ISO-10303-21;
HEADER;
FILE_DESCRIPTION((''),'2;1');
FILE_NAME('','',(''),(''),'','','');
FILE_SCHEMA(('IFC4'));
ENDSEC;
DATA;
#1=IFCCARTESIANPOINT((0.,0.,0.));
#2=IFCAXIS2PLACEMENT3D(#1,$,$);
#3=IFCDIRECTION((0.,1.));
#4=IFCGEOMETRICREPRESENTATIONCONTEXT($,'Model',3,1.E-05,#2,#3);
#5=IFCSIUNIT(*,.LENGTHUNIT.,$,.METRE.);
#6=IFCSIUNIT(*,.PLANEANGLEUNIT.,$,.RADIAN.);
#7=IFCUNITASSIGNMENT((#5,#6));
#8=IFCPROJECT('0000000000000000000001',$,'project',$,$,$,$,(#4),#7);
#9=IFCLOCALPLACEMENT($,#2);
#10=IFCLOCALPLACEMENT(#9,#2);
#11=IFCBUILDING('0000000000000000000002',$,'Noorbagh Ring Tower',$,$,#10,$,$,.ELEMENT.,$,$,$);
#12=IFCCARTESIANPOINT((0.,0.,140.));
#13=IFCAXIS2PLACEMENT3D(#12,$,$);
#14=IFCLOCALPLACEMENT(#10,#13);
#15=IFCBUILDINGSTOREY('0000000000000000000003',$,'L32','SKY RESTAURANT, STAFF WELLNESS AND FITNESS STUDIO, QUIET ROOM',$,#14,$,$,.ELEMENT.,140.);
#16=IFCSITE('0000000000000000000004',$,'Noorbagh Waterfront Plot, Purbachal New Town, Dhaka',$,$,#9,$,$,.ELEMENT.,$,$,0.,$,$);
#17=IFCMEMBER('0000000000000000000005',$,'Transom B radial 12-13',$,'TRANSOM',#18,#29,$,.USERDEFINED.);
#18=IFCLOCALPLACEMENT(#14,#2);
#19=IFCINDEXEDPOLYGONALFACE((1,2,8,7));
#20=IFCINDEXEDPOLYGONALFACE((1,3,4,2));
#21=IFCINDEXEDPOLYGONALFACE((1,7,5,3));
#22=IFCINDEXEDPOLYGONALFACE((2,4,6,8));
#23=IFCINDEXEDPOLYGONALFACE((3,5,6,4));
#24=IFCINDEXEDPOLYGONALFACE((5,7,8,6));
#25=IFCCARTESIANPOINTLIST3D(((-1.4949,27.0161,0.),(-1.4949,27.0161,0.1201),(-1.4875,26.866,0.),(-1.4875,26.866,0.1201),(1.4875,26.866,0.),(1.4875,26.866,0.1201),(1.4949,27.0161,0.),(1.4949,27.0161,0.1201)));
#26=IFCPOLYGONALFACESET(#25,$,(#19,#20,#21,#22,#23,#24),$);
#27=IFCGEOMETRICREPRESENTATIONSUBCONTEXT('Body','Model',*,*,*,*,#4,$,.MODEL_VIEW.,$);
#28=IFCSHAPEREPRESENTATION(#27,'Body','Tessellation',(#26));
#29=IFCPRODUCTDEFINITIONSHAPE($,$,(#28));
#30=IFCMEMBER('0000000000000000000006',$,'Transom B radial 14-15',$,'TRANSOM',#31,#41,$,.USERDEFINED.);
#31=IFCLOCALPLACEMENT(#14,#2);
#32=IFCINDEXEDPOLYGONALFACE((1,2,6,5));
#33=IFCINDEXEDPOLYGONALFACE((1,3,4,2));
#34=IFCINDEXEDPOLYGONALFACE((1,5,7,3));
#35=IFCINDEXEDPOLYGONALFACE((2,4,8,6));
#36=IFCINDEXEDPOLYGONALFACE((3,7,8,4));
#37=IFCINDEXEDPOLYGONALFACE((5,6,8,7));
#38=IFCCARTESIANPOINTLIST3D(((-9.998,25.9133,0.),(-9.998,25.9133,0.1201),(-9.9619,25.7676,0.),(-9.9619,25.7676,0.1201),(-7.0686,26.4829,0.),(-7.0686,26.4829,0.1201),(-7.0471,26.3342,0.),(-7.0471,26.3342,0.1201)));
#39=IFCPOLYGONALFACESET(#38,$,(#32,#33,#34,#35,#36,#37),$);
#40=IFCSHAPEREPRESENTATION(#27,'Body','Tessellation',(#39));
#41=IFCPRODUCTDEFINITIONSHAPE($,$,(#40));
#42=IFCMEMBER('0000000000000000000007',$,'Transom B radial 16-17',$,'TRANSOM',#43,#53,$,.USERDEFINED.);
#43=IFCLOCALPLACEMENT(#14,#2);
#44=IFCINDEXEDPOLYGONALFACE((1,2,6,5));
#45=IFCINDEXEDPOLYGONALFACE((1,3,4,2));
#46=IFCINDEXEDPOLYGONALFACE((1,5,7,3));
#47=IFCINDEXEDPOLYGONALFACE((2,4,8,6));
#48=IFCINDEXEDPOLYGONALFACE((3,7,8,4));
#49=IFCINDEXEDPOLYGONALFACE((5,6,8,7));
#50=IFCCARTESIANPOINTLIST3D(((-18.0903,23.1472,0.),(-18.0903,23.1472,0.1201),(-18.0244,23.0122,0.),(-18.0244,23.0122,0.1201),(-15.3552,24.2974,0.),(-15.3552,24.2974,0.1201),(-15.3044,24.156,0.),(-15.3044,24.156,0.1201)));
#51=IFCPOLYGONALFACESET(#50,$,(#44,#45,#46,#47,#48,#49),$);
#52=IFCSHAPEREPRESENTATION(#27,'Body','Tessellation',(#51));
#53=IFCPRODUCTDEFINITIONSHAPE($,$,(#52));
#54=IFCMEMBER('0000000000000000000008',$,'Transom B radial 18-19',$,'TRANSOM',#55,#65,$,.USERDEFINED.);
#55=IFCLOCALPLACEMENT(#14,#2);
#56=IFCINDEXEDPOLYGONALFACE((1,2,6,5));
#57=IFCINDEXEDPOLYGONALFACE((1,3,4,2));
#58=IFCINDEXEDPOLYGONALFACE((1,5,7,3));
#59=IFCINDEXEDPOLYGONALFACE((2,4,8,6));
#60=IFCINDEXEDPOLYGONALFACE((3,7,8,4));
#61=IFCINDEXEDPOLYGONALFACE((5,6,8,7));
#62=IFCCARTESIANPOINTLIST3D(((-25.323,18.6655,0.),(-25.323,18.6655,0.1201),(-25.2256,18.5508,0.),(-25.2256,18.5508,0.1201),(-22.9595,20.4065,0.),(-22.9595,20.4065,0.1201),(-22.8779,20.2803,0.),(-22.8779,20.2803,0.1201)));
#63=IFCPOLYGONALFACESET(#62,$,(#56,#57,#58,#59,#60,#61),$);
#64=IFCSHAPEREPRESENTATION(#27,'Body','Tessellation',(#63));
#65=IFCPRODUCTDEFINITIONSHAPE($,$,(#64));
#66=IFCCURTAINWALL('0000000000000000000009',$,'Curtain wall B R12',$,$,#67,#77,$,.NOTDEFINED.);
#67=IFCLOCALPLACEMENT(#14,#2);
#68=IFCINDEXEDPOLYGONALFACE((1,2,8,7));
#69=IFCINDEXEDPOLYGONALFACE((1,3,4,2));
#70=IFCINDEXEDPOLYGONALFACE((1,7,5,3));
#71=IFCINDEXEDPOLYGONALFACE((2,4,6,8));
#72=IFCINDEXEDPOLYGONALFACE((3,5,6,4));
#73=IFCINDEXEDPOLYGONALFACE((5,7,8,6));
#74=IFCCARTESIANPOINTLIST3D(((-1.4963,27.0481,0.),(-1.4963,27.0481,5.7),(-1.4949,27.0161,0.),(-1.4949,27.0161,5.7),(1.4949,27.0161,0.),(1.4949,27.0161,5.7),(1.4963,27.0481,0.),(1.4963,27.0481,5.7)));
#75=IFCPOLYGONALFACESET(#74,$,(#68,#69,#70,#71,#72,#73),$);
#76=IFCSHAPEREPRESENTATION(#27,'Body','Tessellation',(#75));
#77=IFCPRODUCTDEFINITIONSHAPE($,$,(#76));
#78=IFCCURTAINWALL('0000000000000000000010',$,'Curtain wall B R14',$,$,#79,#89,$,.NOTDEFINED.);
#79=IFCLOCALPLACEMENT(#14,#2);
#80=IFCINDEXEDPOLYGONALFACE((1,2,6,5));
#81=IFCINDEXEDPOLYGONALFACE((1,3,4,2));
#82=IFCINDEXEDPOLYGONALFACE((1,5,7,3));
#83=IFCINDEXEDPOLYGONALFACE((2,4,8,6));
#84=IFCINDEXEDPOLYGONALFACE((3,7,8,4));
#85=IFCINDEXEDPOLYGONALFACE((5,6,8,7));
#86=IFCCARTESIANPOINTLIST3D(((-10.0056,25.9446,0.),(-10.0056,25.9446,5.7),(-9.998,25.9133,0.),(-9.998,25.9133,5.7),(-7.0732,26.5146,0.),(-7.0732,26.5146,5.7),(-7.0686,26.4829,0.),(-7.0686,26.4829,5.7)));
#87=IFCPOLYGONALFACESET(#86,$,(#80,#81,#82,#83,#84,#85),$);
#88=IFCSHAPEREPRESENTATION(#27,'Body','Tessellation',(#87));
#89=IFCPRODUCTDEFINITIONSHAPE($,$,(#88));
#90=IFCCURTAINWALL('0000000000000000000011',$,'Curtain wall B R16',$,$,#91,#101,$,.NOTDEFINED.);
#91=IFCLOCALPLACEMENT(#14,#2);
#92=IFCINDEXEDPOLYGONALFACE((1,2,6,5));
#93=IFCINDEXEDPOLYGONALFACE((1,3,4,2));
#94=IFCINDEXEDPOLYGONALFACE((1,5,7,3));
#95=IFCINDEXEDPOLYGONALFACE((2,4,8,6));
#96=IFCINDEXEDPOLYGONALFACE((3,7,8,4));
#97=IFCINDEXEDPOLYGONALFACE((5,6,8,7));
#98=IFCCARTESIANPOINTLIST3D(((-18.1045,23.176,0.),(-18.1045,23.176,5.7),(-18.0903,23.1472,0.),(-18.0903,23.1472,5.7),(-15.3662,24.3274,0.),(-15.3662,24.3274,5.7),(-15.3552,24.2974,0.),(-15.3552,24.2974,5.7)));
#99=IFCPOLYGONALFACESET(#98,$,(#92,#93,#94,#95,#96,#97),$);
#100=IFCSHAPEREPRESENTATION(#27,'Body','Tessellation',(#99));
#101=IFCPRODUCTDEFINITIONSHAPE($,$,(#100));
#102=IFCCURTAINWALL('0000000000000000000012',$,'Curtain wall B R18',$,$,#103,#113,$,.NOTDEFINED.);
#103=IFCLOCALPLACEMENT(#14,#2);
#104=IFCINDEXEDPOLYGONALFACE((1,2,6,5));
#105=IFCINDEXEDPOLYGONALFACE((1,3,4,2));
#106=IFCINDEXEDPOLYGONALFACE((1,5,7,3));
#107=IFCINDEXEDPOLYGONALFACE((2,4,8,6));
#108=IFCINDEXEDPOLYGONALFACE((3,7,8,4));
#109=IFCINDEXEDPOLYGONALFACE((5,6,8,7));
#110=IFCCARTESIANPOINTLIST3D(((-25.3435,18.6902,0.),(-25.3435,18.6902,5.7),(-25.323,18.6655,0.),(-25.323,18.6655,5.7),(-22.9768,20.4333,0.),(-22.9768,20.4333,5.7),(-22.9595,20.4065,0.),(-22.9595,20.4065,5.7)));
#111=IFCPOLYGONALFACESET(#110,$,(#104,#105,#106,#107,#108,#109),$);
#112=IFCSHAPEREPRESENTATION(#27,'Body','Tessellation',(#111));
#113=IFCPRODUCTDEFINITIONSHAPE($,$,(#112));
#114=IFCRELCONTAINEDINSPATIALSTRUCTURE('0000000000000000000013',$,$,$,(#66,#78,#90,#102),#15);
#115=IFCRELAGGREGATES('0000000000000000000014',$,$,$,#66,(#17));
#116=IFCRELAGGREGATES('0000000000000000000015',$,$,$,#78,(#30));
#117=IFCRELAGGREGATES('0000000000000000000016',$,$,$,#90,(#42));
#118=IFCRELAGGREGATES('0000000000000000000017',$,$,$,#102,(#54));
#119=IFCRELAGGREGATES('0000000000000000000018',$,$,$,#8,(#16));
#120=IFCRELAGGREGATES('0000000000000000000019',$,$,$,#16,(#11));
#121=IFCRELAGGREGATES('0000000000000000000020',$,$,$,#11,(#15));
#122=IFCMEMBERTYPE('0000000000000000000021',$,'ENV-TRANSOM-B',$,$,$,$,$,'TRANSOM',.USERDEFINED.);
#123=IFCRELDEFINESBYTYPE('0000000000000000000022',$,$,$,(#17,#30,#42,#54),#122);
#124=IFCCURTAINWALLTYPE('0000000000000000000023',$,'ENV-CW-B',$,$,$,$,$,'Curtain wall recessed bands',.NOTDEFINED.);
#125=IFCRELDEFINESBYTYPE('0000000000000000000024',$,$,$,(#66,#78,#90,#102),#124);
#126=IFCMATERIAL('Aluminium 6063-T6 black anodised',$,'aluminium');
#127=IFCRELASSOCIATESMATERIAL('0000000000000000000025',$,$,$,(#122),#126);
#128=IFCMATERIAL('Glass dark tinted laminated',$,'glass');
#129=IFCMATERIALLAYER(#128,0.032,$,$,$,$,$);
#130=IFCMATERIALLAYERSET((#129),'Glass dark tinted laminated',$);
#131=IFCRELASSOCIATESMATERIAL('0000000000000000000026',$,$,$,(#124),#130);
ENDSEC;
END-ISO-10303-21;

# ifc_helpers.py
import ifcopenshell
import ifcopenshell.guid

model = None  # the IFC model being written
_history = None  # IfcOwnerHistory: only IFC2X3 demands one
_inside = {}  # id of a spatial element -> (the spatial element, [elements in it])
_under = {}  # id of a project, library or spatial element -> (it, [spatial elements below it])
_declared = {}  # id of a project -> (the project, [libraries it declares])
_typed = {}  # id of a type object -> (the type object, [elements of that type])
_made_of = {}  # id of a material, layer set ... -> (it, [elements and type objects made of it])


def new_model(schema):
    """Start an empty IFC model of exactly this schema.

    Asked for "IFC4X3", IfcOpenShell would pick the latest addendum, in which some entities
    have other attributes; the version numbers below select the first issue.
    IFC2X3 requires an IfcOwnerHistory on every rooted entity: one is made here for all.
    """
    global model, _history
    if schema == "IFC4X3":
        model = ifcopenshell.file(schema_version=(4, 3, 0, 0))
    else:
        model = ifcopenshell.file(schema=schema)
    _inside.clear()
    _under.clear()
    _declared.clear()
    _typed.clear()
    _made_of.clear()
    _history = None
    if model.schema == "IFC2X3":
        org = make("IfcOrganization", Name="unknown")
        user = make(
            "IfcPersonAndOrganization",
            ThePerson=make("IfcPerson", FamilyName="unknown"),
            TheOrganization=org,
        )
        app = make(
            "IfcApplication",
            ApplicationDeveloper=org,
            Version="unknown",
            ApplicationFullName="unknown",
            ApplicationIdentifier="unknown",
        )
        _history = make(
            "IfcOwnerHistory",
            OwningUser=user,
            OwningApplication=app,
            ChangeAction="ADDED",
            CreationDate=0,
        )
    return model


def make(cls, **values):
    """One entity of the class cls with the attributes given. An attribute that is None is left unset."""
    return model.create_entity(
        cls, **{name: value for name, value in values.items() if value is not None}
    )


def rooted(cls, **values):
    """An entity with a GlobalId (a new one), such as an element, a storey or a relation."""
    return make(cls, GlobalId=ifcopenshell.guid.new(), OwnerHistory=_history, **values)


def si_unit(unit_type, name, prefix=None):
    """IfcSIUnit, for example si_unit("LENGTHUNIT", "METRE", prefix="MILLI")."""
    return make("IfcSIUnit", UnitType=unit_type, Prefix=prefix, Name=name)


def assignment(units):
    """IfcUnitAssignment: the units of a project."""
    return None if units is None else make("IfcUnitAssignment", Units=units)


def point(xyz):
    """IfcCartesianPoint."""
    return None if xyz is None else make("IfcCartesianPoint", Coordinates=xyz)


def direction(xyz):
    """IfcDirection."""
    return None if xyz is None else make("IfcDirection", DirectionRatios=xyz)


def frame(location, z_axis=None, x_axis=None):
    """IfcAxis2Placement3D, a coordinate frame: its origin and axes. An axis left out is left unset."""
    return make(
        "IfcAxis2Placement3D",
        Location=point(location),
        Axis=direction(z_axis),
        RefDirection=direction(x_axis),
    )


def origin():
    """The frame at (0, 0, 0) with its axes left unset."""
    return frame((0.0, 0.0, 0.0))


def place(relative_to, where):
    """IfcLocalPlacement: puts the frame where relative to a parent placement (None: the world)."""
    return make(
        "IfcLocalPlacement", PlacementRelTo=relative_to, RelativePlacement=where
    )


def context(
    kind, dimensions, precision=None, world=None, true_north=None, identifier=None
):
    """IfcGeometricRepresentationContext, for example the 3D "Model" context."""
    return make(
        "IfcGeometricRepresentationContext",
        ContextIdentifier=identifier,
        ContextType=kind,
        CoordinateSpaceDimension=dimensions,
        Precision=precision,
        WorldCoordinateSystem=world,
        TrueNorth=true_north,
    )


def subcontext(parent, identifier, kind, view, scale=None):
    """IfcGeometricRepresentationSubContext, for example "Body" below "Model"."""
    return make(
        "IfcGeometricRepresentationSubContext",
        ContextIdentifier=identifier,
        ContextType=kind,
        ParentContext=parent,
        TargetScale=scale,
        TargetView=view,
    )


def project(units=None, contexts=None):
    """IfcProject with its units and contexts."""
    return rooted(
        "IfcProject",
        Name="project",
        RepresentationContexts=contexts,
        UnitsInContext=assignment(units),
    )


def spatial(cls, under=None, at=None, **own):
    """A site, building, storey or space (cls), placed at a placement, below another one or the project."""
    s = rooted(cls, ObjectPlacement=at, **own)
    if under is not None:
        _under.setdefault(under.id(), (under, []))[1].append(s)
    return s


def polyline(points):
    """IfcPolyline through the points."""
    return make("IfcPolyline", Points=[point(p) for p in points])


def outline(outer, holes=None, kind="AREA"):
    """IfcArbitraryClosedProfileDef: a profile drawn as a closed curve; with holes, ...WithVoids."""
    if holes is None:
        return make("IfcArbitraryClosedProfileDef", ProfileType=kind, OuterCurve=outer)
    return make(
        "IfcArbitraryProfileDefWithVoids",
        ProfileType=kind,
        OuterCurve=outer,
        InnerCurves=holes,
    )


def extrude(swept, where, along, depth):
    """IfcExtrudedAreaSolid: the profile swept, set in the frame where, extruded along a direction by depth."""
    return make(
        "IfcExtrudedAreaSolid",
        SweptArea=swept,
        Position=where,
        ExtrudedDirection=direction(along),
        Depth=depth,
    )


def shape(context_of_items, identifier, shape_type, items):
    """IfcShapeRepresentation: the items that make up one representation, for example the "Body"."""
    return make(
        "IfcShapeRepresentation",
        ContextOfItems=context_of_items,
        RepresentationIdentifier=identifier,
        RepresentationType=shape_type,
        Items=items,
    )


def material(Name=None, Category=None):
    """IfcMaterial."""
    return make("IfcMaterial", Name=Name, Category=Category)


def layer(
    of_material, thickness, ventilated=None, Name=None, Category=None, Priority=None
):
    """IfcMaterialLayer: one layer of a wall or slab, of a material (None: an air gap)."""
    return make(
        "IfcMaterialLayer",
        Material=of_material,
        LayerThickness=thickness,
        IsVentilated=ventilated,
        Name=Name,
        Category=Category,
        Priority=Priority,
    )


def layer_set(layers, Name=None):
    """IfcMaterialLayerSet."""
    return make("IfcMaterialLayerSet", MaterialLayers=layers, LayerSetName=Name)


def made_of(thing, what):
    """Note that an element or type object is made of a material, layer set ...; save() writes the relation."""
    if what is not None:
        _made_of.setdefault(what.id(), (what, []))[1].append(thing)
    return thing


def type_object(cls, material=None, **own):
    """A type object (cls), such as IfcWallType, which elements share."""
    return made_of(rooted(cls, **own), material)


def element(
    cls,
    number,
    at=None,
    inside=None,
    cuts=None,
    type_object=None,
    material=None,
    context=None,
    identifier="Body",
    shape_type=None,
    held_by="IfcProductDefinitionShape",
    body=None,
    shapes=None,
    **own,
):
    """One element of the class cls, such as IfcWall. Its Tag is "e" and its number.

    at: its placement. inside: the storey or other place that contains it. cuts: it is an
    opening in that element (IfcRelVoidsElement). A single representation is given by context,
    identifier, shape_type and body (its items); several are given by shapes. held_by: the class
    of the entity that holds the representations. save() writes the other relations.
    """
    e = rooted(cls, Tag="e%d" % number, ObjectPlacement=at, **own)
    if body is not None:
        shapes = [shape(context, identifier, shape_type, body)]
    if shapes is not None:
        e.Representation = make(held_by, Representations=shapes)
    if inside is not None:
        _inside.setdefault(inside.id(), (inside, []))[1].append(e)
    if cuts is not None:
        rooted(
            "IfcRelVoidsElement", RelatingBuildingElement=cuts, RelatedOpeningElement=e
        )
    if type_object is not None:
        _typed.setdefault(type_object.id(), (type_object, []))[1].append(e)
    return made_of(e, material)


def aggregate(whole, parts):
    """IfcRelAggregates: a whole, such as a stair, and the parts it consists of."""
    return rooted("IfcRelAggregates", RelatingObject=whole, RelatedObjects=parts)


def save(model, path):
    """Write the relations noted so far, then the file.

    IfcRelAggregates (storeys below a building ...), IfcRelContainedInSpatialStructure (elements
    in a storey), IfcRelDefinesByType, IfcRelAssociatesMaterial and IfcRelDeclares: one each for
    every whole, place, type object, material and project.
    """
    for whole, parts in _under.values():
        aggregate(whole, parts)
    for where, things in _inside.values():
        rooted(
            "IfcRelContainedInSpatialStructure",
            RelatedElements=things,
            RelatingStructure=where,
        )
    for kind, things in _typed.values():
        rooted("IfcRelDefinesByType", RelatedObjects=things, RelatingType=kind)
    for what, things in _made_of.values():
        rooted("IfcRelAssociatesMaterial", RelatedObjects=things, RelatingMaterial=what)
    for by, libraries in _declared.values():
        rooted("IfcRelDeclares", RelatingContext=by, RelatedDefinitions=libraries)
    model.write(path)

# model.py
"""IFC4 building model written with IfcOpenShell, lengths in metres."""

from ifc_helpers import new_model, si_unit, direction, frame, origin, place, context, subcontext, project, spatial, polyline, outline, extrude, material, layer, layer_set, type_object, element, aggregate, save


model = new_model("IFC4")

# Units and contexts
model_context = context("Model", 3, precision=1e-05, world=origin(), true_north=direction((0.0, 1.0)))
body_context = subcontext(model_context, "Body", "Model", "MODEL_VIEW")
ifc_project = project(units=[si_unit("LENGTHUNIT", "METRE"), si_unit("PLANEANGLEUNIT", "RADIAN")], contexts=[model_context])

# Members
site_placement = place(None, origin())
building_placement = place(site_placement, origin())
storey_placement = place(building_placement, frame((0.0, 0.0, 140.0)))
ifc_material_1 = material(Name="Aluminium 6063-T6 black anodised", Category="aluminium")
member_type_1 = type_object("IfcMemberType", Name="ENV-TRANSOM-B", ElementType="TRANSOM", PredefinedType="USERDEFINED", material=ifc_material_1)
member_1_placement = place(storey_placement, origin())
member_1 = element("IfcMember", 1, at=member_1_placement, type_object=member_type_1, Name="Transom B radial 12-13", ObjectType="TRANSOM", PredefinedType="USERDEFINED", context=body_context, shape_type="SweptSolid", body=[
    extrude(outline(polyline([(1.4949, 27.0161), (-1.4949, 27.0161), (-1.4875, 26.866), (1.4875, 26.866), (1.4949, 27.0161)])), origin(), (0.0, 0.0, 1.0), 0.1201),
])
member_2_placement = place(storey_placement, origin())
member_2 = element("IfcMember", 2, at=member_2_placement, type_object=member_type_1, Name="Transom B radial 14-15", ObjectType="TRANSOM", PredefinedType="USERDEFINED", context=body_context, shape_type="SweptSolid", body=[
    extrude(outline(polyline([(-7.0686, 26.4829), (-9.998, 25.9133), (-9.9619, 25.7676), (-7.0471, 26.3342), (-7.0686, 26.4829)])), origin(), (0.0, 0.0, 1.0), 0.1201),
])
member_3_placement = place(storey_placement, origin())
member_3 = element("IfcMember", 3, at=member_3_placement, type_object=member_type_1, Name="Transom B radial 16-17", ObjectType="TRANSOM", PredefinedType="USERDEFINED", context=body_context, shape_type="SweptSolid", body=[
    extrude(outline(polyline([(-15.3552, 24.2974), (-18.0903, 23.1472), (-18.0244, 23.0122), (-15.3044, 24.156), (-15.3552, 24.2974)])), origin(), (0.0, 0.0, 1.0), 0.1201),
])
member_4_placement = place(storey_placement, origin())
member_4 = element("IfcMember", 4, at=member_4_placement, type_object=member_type_1, Name="Transom B radial 18-19", ObjectType="TRANSOM", PredefinedType="USERDEFINED", context=body_context, shape_type="SweptSolid", body=[
    extrude(outline(polyline([(-22.9595, 20.4065), (-25.323, 18.6655), (-25.2256, 18.5508), (-22.8779, 20.2803), (-22.9595, 20.4065)])), origin(), (0.0, 0.0, 1.0), 0.1201),
])

# Site, building, storey
site = spatial("IfcSite", under=ifc_project, at=site_placement, Name="Noorbagh Waterfront Plot, Purbachal New Town, Dhaka", CompositionType="ELEMENT", RefElevation=0.0)
building = spatial("IfcBuilding", under=site, at=building_placement, Name="Noorbagh Ring Tower", CompositionType="ELEMENT")
storey = spatial("IfcBuildingStorey", under=building, at=storey_placement, Name="L32", Description="SKY RESTAURANT, STAFF WELLNESS AND FITNESS STUDIO, QUIET ROOM", CompositionType="ELEMENT", Elevation=140.0)

# Curtain walls
ifc_material_2 = material(Name="Glass dark tinted laminated", Category="glass")
ifc_layer = layer(ifc_material_2, 0.032)
ifc_layer_set = layer_set([ifc_layer], Name="Glass dark tinted laminated")
curtain_wall_type = type_object("IfcCurtainWallType", Name="ENV-CW-B", ElementType="Curtain wall recessed bands", PredefinedType="NOTDEFINED", material=ifc_layer_set)
curtain_wall_1_placement = place(storey_placement, origin())
curtain_wall_1 = element("IfcCurtainWall", 5, at=curtain_wall_1_placement, inside=storey, type_object=curtain_wall_type, Name="Curtain wall B R12", PredefinedType="NOTDEFINED", context=body_context, shape_type="SweptSolid", body=[
    extrude(outline(polyline([(1.4963, 27.0481), (-1.4963, 27.0481), (-1.4949, 27.0161), (1.4949, 27.0161), (1.4963, 27.0481)])), origin(), (0.0, 0.0, 1.0), 5.7),
])
aggregate(curtain_wall_1, [member_1])
curtain_wall_2_placement = place(storey_placement, origin())
curtain_wall_2 = element("IfcCurtainWall", 6, at=curtain_wall_2_placement, inside=storey, type_object=curtain_wall_type, Name="Curtain wall B R14", PredefinedType="NOTDEFINED", context=body_context, shape_type="SweptSolid", body=[
    extrude(outline(polyline([(-7.0732, 26.5146), (-10.0056, 25.9446), (-9.998, 25.9133), (-7.0686, 26.4829), (-7.0732, 26.5146)])), origin(), (0.0, 0.0, 1.0), 5.7),
])
aggregate(curtain_wall_2, [member_2])
curtain_wall_3_placement = place(storey_placement, origin())
curtain_wall_3 = element("IfcCurtainWall", 7, at=curtain_wall_3_placement, inside=storey, type_object=curtain_wall_type, Name="Curtain wall B R16", PredefinedType="NOTDEFINED", context=body_context, shape_type="SweptSolid", body=[
    extrude(outline(polyline([(-15.3662, 24.3274), (-18.1045, 23.176), (-18.0903, 23.1472), (-15.3552, 24.2974), (-15.3662, 24.3274)])), origin(), (0.0, 0.0, 1.0), 5.7),
])
aggregate(curtain_wall_3, [member_3])
curtain_wall_4_placement = place(storey_placement, origin())
curtain_wall_4 = element("IfcCurtainWall", 8, at=curtain_wall_4_placement, inside=storey, type_object=curtain_wall_type, Name="Curtain wall B R18", PredefinedType="NOTDEFINED", context=body_context, shape_type="SweptSolid", body=[
    extrude(outline(polyline([(-22.9768, 20.4333), (-25.3435, 18.6902), (-25.323, 18.6655), (-22.9595, 20.4065), (-22.9768, 20.4333)])), origin(), (0.0, 0.0, 1.0), 5.7),
])
aggregate(curtain_wall_4, [member_4])

save(model, "model.ifc")
